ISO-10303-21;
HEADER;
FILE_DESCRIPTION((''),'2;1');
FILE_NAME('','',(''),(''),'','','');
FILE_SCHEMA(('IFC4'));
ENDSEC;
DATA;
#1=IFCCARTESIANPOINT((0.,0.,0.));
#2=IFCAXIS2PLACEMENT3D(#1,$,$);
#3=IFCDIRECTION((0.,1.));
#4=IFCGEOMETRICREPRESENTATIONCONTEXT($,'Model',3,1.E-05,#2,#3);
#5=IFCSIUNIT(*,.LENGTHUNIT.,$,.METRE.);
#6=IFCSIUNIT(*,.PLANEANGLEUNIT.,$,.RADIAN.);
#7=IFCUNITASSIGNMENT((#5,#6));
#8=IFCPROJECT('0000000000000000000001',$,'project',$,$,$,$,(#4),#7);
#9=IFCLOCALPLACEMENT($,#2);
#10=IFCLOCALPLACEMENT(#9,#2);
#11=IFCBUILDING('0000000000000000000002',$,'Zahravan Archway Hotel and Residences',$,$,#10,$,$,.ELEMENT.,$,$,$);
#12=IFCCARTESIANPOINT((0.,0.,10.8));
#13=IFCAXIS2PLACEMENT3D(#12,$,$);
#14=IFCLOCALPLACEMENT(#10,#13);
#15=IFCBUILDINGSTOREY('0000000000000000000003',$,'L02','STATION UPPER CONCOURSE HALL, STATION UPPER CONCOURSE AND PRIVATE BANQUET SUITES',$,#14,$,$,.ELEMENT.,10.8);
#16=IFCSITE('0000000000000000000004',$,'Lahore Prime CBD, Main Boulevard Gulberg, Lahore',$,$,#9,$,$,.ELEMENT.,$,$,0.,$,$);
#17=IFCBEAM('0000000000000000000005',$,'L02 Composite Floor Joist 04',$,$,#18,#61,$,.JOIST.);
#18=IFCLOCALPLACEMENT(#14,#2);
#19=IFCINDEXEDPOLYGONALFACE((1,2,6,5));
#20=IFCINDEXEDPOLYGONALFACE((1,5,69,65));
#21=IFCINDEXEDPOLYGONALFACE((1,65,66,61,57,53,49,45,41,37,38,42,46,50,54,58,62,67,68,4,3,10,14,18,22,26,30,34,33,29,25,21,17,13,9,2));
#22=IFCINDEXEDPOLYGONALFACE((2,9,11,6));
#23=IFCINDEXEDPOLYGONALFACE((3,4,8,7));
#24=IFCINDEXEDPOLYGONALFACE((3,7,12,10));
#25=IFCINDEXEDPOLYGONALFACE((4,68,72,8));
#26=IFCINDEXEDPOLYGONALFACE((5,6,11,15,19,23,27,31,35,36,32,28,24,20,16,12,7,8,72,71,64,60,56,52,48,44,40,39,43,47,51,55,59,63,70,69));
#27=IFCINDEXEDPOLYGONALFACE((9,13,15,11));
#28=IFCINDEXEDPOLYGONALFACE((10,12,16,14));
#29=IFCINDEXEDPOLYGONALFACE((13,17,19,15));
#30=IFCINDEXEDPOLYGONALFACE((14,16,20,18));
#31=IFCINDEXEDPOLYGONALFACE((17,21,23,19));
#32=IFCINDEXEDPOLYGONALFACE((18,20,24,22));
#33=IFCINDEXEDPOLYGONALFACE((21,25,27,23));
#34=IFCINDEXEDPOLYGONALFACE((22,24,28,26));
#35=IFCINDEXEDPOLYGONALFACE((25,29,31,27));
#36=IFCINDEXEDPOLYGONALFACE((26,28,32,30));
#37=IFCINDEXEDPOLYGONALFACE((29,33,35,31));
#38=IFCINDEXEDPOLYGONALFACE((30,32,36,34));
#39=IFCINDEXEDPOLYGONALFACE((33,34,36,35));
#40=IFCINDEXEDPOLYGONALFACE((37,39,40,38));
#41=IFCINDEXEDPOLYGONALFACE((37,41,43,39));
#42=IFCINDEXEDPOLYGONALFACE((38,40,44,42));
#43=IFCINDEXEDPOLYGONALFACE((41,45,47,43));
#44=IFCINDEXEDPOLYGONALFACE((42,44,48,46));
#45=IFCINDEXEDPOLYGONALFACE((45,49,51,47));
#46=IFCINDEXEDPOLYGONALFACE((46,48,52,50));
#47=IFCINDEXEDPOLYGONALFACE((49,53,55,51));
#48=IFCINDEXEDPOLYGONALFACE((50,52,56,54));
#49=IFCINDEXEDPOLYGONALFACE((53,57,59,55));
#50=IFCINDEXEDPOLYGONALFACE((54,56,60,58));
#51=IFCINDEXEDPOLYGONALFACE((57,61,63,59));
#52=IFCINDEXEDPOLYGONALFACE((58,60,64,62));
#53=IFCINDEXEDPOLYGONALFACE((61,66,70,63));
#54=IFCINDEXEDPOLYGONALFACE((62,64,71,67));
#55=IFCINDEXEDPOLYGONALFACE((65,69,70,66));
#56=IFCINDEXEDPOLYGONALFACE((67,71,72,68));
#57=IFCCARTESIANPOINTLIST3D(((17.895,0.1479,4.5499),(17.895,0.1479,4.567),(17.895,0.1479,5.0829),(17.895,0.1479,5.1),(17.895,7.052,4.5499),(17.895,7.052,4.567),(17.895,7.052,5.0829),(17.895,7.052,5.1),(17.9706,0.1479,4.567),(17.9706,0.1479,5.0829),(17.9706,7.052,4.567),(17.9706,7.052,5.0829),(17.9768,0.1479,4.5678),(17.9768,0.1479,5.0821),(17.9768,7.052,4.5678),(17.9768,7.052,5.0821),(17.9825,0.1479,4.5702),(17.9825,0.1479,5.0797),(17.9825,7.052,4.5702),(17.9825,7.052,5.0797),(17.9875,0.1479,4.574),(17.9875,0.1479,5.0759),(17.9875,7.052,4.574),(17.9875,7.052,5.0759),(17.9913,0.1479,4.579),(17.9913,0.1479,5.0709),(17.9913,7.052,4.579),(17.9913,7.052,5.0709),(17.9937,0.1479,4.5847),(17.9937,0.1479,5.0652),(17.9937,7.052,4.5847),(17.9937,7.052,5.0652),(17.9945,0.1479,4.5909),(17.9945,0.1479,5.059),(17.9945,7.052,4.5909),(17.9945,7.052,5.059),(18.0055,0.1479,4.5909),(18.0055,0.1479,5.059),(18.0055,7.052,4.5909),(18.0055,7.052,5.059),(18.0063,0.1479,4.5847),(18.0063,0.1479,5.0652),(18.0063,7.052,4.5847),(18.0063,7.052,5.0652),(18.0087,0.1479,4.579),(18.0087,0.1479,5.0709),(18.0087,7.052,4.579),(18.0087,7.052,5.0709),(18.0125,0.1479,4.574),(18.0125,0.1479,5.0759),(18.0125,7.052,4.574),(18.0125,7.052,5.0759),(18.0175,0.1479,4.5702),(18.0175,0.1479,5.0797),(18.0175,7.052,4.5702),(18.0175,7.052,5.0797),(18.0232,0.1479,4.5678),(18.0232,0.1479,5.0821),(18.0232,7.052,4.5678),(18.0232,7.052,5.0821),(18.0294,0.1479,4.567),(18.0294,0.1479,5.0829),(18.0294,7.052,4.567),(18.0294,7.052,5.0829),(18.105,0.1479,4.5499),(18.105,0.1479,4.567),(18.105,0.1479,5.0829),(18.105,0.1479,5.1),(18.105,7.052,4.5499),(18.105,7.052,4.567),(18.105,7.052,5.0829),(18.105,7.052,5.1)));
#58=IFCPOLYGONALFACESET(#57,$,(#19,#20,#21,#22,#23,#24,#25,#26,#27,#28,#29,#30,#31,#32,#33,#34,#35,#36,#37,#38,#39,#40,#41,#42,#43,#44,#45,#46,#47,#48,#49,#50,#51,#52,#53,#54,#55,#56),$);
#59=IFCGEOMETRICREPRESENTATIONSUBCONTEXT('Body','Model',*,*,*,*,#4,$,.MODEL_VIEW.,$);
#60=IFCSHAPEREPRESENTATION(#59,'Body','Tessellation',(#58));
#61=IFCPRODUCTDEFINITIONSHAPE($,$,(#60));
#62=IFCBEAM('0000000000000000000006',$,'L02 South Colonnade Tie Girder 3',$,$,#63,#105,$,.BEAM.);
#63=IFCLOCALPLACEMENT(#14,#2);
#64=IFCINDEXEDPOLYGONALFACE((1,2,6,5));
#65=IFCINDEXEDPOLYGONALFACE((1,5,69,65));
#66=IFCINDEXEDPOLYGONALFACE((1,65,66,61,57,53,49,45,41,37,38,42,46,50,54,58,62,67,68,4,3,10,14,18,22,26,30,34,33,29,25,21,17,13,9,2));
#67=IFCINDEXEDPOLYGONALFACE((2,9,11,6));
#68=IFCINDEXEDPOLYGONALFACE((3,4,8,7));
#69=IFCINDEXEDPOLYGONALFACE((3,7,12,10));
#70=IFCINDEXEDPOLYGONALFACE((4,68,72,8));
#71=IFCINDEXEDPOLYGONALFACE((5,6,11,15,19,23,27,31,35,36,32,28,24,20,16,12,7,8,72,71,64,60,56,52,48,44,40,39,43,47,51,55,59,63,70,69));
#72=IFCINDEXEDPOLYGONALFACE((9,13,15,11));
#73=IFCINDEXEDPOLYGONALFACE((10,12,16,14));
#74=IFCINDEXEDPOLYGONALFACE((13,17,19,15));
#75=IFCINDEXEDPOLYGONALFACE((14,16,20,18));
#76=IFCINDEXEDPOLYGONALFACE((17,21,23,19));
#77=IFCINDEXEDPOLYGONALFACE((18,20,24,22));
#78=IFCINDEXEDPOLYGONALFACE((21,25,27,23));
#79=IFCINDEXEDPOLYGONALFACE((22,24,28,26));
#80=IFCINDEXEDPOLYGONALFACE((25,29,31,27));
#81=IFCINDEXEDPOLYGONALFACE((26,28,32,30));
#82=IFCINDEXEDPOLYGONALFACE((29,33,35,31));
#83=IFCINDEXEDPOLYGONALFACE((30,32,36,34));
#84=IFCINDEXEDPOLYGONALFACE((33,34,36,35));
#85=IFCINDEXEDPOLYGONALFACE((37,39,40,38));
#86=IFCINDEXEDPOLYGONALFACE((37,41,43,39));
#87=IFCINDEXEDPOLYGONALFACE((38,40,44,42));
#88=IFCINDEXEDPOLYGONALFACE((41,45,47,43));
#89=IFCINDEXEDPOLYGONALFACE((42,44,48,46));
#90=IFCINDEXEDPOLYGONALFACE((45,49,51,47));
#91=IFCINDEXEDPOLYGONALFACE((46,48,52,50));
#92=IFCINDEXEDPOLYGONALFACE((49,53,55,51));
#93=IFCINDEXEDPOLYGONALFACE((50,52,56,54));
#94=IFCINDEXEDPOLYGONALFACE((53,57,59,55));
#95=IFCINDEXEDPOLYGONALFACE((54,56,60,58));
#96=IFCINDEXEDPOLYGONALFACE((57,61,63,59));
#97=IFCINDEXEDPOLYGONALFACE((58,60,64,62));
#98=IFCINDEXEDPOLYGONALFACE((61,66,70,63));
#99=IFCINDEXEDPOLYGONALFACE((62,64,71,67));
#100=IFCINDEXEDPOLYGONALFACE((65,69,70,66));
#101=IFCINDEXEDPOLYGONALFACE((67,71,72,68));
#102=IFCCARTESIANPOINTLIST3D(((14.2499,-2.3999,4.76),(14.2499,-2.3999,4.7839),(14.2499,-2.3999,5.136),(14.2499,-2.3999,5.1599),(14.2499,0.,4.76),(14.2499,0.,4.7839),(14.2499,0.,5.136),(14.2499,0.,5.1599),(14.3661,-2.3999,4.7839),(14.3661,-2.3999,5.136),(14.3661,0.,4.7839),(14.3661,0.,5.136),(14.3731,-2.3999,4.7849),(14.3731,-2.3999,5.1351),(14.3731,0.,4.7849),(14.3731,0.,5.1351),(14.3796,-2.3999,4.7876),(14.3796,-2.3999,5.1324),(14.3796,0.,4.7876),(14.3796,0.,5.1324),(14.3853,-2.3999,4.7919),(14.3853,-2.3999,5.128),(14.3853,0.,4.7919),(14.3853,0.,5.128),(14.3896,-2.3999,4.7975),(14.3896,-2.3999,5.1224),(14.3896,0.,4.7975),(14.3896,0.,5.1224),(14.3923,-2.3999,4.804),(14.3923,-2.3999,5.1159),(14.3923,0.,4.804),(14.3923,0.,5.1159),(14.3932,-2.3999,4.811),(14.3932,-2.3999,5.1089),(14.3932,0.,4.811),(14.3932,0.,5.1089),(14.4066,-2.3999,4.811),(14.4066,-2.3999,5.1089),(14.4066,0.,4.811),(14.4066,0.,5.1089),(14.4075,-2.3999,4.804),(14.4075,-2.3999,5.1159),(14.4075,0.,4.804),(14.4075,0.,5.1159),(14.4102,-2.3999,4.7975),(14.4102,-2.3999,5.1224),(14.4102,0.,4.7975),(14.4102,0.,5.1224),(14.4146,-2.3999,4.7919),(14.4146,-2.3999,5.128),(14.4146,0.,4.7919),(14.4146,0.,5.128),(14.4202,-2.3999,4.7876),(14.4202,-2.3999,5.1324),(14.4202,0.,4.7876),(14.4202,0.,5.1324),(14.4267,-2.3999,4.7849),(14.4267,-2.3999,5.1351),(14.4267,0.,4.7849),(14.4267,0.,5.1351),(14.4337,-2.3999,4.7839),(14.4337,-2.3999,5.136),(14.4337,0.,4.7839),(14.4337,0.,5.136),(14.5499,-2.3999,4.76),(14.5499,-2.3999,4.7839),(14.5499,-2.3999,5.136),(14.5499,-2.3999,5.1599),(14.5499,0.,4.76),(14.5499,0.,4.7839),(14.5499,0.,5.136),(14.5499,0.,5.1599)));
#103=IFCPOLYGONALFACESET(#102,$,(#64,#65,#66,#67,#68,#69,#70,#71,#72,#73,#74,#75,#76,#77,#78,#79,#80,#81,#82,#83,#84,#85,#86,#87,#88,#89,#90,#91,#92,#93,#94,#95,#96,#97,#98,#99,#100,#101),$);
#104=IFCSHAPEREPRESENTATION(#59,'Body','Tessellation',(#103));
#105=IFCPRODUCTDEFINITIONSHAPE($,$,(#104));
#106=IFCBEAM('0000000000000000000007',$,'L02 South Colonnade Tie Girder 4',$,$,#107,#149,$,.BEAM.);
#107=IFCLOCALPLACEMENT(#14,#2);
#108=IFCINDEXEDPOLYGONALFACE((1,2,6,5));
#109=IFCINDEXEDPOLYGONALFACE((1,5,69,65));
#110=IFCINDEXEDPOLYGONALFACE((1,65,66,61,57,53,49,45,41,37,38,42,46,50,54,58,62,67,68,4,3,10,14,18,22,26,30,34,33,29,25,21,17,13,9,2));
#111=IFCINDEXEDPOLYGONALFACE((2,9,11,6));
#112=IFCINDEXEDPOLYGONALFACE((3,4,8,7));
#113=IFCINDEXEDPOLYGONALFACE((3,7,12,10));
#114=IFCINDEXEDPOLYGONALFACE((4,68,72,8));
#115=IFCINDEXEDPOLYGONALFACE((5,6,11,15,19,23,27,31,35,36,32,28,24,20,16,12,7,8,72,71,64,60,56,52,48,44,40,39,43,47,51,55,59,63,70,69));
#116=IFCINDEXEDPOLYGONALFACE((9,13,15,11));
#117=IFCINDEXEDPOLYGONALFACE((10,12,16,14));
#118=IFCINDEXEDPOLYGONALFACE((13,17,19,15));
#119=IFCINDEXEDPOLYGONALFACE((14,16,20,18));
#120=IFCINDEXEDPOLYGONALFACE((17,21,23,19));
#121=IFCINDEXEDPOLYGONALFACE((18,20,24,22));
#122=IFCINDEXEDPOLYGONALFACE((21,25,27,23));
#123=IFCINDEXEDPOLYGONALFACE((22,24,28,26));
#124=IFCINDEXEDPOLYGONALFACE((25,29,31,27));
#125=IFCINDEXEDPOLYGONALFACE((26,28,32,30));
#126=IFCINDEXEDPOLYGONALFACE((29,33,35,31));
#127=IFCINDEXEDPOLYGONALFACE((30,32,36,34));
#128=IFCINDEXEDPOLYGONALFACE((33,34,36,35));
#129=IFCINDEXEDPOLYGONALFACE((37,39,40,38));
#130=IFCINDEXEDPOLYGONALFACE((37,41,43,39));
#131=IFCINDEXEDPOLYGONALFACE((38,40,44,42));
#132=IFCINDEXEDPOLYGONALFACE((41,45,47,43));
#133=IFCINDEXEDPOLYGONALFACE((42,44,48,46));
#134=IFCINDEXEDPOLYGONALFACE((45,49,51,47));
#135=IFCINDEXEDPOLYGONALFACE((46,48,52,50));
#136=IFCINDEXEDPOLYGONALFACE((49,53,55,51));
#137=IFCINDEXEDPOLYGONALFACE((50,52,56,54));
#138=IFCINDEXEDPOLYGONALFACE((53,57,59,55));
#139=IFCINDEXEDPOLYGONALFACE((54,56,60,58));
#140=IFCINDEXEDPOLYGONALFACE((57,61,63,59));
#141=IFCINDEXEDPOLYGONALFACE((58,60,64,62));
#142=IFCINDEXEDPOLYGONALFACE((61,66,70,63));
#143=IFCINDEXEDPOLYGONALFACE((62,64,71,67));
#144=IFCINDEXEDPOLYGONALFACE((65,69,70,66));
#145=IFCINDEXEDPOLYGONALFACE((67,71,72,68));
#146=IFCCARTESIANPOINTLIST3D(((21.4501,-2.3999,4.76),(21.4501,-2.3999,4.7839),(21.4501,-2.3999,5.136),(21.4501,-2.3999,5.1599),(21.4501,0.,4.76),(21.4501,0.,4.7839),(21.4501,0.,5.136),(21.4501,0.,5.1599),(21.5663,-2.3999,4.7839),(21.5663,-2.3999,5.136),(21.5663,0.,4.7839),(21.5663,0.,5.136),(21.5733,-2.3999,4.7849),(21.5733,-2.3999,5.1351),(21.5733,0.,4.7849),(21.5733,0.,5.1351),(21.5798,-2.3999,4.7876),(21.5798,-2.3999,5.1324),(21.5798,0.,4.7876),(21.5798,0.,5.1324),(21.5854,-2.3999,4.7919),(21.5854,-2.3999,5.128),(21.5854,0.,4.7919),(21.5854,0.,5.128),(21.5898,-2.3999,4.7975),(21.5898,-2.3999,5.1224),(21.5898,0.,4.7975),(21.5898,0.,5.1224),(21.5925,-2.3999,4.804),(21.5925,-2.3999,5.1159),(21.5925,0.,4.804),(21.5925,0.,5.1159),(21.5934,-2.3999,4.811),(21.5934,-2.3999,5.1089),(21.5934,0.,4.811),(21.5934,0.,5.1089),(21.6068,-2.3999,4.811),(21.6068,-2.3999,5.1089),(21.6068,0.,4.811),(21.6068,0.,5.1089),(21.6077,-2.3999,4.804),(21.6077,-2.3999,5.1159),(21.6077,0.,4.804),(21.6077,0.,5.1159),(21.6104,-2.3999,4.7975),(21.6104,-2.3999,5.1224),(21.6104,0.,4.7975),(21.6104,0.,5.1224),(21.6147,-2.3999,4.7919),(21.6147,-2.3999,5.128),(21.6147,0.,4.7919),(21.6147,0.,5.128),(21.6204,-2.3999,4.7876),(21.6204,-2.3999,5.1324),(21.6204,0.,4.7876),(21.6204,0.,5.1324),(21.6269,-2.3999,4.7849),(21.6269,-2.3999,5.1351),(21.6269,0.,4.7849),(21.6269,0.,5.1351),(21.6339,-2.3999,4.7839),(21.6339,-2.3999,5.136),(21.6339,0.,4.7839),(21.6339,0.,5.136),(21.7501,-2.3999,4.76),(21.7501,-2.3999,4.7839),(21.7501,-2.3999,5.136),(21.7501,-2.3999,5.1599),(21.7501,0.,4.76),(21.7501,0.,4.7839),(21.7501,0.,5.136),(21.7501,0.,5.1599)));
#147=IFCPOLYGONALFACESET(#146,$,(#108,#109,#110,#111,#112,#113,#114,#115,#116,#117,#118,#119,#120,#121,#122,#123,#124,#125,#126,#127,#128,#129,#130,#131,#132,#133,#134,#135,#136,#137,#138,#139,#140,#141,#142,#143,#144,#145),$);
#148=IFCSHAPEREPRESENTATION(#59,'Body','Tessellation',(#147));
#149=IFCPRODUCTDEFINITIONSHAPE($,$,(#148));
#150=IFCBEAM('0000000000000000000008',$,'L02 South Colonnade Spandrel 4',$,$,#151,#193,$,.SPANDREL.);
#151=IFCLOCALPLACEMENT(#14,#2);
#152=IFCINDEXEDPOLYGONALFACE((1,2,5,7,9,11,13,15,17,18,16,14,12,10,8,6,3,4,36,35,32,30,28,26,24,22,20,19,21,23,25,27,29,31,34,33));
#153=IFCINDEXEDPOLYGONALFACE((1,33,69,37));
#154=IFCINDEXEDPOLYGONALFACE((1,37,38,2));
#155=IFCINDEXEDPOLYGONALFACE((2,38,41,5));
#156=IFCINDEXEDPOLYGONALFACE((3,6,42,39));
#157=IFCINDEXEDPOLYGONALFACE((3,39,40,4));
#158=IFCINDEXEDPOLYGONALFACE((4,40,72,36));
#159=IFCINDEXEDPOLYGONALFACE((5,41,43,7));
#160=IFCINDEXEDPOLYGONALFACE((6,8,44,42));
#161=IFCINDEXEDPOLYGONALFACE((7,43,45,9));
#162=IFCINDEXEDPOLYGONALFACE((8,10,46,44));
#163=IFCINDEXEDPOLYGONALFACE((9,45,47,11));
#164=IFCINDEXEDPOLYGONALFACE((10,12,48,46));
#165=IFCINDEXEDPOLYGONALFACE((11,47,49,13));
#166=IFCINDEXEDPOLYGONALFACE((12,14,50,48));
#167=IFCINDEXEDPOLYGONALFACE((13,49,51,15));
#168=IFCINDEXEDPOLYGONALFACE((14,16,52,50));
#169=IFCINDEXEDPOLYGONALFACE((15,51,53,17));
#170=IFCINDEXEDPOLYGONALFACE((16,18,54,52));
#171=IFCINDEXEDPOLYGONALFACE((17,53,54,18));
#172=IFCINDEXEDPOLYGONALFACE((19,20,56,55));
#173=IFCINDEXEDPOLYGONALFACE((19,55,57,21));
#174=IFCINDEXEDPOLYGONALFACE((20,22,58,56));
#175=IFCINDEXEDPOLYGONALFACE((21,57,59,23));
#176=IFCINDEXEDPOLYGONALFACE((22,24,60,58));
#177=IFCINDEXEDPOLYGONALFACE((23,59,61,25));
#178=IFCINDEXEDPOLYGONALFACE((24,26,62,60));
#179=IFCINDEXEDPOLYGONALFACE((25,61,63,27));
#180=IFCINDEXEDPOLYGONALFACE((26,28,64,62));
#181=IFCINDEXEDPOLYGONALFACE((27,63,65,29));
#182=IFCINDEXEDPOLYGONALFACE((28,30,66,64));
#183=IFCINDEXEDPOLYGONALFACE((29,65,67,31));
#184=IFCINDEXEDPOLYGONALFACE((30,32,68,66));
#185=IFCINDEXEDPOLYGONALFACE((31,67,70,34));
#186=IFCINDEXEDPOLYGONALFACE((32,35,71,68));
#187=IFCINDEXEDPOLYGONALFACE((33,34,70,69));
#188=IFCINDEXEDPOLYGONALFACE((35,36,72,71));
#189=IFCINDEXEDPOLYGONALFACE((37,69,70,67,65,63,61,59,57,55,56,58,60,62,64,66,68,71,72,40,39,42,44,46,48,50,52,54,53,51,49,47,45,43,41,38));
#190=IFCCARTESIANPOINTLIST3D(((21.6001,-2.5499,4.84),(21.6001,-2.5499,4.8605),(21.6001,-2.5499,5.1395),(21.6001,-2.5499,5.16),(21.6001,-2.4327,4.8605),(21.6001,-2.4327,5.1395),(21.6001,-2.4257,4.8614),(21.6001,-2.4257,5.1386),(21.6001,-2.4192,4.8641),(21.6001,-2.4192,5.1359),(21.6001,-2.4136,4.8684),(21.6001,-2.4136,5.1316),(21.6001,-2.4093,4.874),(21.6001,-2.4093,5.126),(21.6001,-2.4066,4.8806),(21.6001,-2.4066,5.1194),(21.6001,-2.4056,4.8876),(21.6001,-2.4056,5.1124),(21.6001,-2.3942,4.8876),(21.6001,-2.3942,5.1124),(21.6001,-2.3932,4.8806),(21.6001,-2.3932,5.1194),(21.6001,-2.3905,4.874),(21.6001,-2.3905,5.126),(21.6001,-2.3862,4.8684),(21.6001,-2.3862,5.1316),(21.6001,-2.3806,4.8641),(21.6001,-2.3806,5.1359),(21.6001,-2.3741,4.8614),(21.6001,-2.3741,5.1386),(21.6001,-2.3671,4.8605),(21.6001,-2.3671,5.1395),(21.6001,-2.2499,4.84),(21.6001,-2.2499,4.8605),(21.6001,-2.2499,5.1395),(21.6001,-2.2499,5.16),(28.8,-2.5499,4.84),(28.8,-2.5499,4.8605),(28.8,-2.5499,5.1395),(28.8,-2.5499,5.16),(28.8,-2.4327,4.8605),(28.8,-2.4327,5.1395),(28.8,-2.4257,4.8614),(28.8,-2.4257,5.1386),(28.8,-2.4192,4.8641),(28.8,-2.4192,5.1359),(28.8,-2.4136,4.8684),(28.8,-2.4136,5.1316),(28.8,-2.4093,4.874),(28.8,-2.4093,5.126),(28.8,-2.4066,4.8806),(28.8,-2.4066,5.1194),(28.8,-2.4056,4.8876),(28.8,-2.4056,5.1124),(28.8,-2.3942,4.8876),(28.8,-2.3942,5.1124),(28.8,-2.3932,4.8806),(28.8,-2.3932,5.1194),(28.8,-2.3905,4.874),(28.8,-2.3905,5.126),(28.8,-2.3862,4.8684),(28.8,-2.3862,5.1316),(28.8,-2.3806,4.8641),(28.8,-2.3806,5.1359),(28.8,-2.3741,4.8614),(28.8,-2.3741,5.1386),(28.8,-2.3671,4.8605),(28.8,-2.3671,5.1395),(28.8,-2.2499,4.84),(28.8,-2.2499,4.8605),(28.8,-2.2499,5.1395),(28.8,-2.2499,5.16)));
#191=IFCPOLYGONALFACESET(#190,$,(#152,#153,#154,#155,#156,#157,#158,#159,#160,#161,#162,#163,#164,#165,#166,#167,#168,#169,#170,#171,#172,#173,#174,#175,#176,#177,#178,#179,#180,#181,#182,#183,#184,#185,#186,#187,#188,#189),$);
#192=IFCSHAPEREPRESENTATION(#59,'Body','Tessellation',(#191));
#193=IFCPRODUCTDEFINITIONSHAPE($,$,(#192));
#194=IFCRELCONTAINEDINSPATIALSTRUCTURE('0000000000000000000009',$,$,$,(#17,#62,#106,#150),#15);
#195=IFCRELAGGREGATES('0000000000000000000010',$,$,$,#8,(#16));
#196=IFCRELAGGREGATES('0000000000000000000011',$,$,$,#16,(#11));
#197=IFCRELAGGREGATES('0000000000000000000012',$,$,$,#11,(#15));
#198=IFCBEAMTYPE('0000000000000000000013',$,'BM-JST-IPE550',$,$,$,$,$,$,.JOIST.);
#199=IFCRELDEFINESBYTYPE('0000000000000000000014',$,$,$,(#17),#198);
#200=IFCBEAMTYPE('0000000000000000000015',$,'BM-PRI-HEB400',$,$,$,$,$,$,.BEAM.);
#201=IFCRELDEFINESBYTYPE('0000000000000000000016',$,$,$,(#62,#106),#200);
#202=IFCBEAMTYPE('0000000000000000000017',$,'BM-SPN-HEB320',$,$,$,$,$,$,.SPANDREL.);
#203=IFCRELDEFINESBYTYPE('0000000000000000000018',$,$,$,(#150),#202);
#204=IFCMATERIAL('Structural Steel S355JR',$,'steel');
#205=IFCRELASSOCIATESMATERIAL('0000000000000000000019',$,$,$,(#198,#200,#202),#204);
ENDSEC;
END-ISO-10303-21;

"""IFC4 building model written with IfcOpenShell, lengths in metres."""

from ifc_helpers import new_model, si_unit, direction, frame, origin, origin_2d, place, context, subcontext, project, spatial, i_section, extrude, source, transform, mapped, material, material_profile, profile_set, type_object, type_shapes, element, save


model = new_model("IFC4")

# Units and contexts
model_context = context("Model", 3, precision=1e-05, world=origin(), true_north=direction((0.0, 1.0)))
body_context = subcontext(model_context, "Body", "Model", "MODEL_VIEW")
ifc_project = project(units=[si_unit("LENGTHUNIT", "METRE"), si_unit("PLANEANGLEUNIT", "RADIAN")], contexts=[model_context])

# Site, building, storey
site_placement = place(None, origin())
site = spatial("IfcSite", under=ifc_project, at=site_placement, Name="Lahore Prime CBD, Main Boulevard Gulberg, Lahore", CompositionType="ELEMENT", RefElevation=0.0)
building_placement = place(site_placement, origin())
building = spatial("IfcBuilding", under=site, at=building_placement, Name="Zahravan Archway Hotel and Residences", CompositionType="ELEMENT")
storey_placement = place(building_placement, frame((0.0, 0.0, 10.8)))
storey = spatial("IfcBuildingStorey", under=building, at=storey_placement, Name="L02", Description="STATION UPPER CONCOURSE HALL, STATION UPPER CONCOURSE AND PRIVATE BANQUET SUITES", CompositionType="ELEMENT", Elevation=10.8)

# Beams
ifc_material_1 = material(Name="Structural Steel S355JR", Category="steel")
ifc_material_profile_1 = material_profile(ifc_material_1, i_section(OverallWidth=0.21, OverallDepth=0.55, WebThickness=0.011, FlangeThickness=0.0171, FilletRadius=0.0239, at=origin_2d()), Name="IPE 550", Category="steel")
ifc_profile_set_1 = profile_set([ifc_material_profile_1], Name="Structural Steel S355JR")
beam_type_1 = type_object("IfcBeamType", Name="BM-JST-IPE550", PredefinedType="JOIST", material=ifc_profile_set_1)
shared_shape_1 = source(origin(), body_context, "Body", "SweptSolid", [
    extrude(i_section(OverallWidth=0.21, OverallDepth=0.55, WebThickness=0.011, FlangeThickness=0.0171, FilletRadius=0.0239, at=origin_2d()), origin(), (0.0, 0.0, 1.0), 6.9041),
])
type_shapes(beam_type_1, [shared_shape_1])
for number, where, z_axis, x_axis, name in (
    (1, (18.0, 0.1479, 4.825), (0.0, 1.0, 0.0), (-1.0, 0.0, 0.0), "L02 Composite Floor Joist 04"),
):
    element("IfcBeam", number, at=place(storey_placement, frame(where, z_axis=z_axis, x_axis=x_axis)), inside=storey, type_object=beam_type_1, Name=name, PredefinedType="JOIST", context=body_context, shape_type="MappedRepresentation", body=[
        mapped(shared_shape_1, transform((0.0, 0.0, 0.0), scale=1.0)),
    ])
ifc_material_profile_2 = material_profile(ifc_material_1, i_section(OverallWidth=0.3, OverallDepth=0.3999, WebThickness=0.0134, FlangeThickness=0.0239, FilletRadius=0.0271, at=origin_2d()), Name="HEB 400", Category="steel")
ifc_profile_set_2 = profile_set([ifc_material_profile_2], Name="Structural Steel S355JR")
beam_type_2 = type_object("IfcBeamType", Name="BM-PRI-HEB400", PredefinedType="BEAM", material=ifc_profile_set_2)
shared_shape_2 = source(origin(), body_context, "Body", "SweptSolid", [
    extrude(i_section(OverallWidth=0.3, OverallDepth=0.3999, WebThickness=0.0134, FlangeThickness=0.0239, FilletRadius=0.0271, at=origin_2d()), origin(), (0.0, 0.0, 1.0), 2.3999),
])
for number, where, z_axis, x_axis, name in (
    (2, (14.3999, -2.3999, 4.96), (0.0, 1.0, 0.0), (-1.0, 0.0, 0.0), "L02 South Colonnade Tie Girder 3"),
    (3, (21.6001, -2.3999, 4.96), (0.0, 1.0, 0.0), (-1.0, 0.0, 0.0), "L02 South Colonnade Tie Girder 4"),
):
    element("IfcBeam", number, at=place(storey_placement, frame(where, z_axis=z_axis, x_axis=x_axis)), inside=storey, type_object=beam_type_2, Name=name, PredefinedType="BEAM", context=body_context, shape_type="MappedRepresentation", body=[
        mapped(shared_shape_2, transform((0.0, 0.0, 0.0), scale=1.0)),
    ])
ifc_material_profile_3 = material_profile(ifc_material_1, i_section(OverallWidth=0.3, OverallDepth=0.3201, WebThickness=0.0115, FlangeThickness=0.0205, FilletRadius=0.0271, at=origin_2d()), Name="HEB 320", Category="steel")
ifc_profile_set_3 = profile_set([ifc_material_profile_3], Name="Structural Steel S355JR")
beam_type_3 = type_object("IfcBeamType", Name="BM-SPN-HEB320", PredefinedType="SPANDREL", material=ifc_profile_set_3)
shared_shape_3 = source(origin(), body_context, "Body", "SweptSolid", [
    extrude(i_section(OverallWidth=0.3, OverallDepth=0.3201, WebThickness=0.0115, FlangeThickness=0.0205, FilletRadius=0.0271, at=origin_2d()), origin(), (0.0, 0.0, 1.0), 7.2),
])
type_shapes(beam_type_3, [shared_shape_3])
beam_1_placement = place(storey_placement, frame((21.6001, -2.3999, 5.0), z_axis=(1.0, 0.0, 0.0), x_axis=(0.0, 1.0, 0.0)))
element("IfcBeam", 4, at=beam_1_placement, inside=storey, type_object=beam_type_3, Name="L02 South Colonnade Spandrel 4", PredefinedType="SPANDREL", context=body_context, shape_type="MappedRepresentation", body=[
    mapped(shared_shape_3, transform((0.0, 0.0, 0.0), scale=1.0)),
])

save(model, "model.ifc")
